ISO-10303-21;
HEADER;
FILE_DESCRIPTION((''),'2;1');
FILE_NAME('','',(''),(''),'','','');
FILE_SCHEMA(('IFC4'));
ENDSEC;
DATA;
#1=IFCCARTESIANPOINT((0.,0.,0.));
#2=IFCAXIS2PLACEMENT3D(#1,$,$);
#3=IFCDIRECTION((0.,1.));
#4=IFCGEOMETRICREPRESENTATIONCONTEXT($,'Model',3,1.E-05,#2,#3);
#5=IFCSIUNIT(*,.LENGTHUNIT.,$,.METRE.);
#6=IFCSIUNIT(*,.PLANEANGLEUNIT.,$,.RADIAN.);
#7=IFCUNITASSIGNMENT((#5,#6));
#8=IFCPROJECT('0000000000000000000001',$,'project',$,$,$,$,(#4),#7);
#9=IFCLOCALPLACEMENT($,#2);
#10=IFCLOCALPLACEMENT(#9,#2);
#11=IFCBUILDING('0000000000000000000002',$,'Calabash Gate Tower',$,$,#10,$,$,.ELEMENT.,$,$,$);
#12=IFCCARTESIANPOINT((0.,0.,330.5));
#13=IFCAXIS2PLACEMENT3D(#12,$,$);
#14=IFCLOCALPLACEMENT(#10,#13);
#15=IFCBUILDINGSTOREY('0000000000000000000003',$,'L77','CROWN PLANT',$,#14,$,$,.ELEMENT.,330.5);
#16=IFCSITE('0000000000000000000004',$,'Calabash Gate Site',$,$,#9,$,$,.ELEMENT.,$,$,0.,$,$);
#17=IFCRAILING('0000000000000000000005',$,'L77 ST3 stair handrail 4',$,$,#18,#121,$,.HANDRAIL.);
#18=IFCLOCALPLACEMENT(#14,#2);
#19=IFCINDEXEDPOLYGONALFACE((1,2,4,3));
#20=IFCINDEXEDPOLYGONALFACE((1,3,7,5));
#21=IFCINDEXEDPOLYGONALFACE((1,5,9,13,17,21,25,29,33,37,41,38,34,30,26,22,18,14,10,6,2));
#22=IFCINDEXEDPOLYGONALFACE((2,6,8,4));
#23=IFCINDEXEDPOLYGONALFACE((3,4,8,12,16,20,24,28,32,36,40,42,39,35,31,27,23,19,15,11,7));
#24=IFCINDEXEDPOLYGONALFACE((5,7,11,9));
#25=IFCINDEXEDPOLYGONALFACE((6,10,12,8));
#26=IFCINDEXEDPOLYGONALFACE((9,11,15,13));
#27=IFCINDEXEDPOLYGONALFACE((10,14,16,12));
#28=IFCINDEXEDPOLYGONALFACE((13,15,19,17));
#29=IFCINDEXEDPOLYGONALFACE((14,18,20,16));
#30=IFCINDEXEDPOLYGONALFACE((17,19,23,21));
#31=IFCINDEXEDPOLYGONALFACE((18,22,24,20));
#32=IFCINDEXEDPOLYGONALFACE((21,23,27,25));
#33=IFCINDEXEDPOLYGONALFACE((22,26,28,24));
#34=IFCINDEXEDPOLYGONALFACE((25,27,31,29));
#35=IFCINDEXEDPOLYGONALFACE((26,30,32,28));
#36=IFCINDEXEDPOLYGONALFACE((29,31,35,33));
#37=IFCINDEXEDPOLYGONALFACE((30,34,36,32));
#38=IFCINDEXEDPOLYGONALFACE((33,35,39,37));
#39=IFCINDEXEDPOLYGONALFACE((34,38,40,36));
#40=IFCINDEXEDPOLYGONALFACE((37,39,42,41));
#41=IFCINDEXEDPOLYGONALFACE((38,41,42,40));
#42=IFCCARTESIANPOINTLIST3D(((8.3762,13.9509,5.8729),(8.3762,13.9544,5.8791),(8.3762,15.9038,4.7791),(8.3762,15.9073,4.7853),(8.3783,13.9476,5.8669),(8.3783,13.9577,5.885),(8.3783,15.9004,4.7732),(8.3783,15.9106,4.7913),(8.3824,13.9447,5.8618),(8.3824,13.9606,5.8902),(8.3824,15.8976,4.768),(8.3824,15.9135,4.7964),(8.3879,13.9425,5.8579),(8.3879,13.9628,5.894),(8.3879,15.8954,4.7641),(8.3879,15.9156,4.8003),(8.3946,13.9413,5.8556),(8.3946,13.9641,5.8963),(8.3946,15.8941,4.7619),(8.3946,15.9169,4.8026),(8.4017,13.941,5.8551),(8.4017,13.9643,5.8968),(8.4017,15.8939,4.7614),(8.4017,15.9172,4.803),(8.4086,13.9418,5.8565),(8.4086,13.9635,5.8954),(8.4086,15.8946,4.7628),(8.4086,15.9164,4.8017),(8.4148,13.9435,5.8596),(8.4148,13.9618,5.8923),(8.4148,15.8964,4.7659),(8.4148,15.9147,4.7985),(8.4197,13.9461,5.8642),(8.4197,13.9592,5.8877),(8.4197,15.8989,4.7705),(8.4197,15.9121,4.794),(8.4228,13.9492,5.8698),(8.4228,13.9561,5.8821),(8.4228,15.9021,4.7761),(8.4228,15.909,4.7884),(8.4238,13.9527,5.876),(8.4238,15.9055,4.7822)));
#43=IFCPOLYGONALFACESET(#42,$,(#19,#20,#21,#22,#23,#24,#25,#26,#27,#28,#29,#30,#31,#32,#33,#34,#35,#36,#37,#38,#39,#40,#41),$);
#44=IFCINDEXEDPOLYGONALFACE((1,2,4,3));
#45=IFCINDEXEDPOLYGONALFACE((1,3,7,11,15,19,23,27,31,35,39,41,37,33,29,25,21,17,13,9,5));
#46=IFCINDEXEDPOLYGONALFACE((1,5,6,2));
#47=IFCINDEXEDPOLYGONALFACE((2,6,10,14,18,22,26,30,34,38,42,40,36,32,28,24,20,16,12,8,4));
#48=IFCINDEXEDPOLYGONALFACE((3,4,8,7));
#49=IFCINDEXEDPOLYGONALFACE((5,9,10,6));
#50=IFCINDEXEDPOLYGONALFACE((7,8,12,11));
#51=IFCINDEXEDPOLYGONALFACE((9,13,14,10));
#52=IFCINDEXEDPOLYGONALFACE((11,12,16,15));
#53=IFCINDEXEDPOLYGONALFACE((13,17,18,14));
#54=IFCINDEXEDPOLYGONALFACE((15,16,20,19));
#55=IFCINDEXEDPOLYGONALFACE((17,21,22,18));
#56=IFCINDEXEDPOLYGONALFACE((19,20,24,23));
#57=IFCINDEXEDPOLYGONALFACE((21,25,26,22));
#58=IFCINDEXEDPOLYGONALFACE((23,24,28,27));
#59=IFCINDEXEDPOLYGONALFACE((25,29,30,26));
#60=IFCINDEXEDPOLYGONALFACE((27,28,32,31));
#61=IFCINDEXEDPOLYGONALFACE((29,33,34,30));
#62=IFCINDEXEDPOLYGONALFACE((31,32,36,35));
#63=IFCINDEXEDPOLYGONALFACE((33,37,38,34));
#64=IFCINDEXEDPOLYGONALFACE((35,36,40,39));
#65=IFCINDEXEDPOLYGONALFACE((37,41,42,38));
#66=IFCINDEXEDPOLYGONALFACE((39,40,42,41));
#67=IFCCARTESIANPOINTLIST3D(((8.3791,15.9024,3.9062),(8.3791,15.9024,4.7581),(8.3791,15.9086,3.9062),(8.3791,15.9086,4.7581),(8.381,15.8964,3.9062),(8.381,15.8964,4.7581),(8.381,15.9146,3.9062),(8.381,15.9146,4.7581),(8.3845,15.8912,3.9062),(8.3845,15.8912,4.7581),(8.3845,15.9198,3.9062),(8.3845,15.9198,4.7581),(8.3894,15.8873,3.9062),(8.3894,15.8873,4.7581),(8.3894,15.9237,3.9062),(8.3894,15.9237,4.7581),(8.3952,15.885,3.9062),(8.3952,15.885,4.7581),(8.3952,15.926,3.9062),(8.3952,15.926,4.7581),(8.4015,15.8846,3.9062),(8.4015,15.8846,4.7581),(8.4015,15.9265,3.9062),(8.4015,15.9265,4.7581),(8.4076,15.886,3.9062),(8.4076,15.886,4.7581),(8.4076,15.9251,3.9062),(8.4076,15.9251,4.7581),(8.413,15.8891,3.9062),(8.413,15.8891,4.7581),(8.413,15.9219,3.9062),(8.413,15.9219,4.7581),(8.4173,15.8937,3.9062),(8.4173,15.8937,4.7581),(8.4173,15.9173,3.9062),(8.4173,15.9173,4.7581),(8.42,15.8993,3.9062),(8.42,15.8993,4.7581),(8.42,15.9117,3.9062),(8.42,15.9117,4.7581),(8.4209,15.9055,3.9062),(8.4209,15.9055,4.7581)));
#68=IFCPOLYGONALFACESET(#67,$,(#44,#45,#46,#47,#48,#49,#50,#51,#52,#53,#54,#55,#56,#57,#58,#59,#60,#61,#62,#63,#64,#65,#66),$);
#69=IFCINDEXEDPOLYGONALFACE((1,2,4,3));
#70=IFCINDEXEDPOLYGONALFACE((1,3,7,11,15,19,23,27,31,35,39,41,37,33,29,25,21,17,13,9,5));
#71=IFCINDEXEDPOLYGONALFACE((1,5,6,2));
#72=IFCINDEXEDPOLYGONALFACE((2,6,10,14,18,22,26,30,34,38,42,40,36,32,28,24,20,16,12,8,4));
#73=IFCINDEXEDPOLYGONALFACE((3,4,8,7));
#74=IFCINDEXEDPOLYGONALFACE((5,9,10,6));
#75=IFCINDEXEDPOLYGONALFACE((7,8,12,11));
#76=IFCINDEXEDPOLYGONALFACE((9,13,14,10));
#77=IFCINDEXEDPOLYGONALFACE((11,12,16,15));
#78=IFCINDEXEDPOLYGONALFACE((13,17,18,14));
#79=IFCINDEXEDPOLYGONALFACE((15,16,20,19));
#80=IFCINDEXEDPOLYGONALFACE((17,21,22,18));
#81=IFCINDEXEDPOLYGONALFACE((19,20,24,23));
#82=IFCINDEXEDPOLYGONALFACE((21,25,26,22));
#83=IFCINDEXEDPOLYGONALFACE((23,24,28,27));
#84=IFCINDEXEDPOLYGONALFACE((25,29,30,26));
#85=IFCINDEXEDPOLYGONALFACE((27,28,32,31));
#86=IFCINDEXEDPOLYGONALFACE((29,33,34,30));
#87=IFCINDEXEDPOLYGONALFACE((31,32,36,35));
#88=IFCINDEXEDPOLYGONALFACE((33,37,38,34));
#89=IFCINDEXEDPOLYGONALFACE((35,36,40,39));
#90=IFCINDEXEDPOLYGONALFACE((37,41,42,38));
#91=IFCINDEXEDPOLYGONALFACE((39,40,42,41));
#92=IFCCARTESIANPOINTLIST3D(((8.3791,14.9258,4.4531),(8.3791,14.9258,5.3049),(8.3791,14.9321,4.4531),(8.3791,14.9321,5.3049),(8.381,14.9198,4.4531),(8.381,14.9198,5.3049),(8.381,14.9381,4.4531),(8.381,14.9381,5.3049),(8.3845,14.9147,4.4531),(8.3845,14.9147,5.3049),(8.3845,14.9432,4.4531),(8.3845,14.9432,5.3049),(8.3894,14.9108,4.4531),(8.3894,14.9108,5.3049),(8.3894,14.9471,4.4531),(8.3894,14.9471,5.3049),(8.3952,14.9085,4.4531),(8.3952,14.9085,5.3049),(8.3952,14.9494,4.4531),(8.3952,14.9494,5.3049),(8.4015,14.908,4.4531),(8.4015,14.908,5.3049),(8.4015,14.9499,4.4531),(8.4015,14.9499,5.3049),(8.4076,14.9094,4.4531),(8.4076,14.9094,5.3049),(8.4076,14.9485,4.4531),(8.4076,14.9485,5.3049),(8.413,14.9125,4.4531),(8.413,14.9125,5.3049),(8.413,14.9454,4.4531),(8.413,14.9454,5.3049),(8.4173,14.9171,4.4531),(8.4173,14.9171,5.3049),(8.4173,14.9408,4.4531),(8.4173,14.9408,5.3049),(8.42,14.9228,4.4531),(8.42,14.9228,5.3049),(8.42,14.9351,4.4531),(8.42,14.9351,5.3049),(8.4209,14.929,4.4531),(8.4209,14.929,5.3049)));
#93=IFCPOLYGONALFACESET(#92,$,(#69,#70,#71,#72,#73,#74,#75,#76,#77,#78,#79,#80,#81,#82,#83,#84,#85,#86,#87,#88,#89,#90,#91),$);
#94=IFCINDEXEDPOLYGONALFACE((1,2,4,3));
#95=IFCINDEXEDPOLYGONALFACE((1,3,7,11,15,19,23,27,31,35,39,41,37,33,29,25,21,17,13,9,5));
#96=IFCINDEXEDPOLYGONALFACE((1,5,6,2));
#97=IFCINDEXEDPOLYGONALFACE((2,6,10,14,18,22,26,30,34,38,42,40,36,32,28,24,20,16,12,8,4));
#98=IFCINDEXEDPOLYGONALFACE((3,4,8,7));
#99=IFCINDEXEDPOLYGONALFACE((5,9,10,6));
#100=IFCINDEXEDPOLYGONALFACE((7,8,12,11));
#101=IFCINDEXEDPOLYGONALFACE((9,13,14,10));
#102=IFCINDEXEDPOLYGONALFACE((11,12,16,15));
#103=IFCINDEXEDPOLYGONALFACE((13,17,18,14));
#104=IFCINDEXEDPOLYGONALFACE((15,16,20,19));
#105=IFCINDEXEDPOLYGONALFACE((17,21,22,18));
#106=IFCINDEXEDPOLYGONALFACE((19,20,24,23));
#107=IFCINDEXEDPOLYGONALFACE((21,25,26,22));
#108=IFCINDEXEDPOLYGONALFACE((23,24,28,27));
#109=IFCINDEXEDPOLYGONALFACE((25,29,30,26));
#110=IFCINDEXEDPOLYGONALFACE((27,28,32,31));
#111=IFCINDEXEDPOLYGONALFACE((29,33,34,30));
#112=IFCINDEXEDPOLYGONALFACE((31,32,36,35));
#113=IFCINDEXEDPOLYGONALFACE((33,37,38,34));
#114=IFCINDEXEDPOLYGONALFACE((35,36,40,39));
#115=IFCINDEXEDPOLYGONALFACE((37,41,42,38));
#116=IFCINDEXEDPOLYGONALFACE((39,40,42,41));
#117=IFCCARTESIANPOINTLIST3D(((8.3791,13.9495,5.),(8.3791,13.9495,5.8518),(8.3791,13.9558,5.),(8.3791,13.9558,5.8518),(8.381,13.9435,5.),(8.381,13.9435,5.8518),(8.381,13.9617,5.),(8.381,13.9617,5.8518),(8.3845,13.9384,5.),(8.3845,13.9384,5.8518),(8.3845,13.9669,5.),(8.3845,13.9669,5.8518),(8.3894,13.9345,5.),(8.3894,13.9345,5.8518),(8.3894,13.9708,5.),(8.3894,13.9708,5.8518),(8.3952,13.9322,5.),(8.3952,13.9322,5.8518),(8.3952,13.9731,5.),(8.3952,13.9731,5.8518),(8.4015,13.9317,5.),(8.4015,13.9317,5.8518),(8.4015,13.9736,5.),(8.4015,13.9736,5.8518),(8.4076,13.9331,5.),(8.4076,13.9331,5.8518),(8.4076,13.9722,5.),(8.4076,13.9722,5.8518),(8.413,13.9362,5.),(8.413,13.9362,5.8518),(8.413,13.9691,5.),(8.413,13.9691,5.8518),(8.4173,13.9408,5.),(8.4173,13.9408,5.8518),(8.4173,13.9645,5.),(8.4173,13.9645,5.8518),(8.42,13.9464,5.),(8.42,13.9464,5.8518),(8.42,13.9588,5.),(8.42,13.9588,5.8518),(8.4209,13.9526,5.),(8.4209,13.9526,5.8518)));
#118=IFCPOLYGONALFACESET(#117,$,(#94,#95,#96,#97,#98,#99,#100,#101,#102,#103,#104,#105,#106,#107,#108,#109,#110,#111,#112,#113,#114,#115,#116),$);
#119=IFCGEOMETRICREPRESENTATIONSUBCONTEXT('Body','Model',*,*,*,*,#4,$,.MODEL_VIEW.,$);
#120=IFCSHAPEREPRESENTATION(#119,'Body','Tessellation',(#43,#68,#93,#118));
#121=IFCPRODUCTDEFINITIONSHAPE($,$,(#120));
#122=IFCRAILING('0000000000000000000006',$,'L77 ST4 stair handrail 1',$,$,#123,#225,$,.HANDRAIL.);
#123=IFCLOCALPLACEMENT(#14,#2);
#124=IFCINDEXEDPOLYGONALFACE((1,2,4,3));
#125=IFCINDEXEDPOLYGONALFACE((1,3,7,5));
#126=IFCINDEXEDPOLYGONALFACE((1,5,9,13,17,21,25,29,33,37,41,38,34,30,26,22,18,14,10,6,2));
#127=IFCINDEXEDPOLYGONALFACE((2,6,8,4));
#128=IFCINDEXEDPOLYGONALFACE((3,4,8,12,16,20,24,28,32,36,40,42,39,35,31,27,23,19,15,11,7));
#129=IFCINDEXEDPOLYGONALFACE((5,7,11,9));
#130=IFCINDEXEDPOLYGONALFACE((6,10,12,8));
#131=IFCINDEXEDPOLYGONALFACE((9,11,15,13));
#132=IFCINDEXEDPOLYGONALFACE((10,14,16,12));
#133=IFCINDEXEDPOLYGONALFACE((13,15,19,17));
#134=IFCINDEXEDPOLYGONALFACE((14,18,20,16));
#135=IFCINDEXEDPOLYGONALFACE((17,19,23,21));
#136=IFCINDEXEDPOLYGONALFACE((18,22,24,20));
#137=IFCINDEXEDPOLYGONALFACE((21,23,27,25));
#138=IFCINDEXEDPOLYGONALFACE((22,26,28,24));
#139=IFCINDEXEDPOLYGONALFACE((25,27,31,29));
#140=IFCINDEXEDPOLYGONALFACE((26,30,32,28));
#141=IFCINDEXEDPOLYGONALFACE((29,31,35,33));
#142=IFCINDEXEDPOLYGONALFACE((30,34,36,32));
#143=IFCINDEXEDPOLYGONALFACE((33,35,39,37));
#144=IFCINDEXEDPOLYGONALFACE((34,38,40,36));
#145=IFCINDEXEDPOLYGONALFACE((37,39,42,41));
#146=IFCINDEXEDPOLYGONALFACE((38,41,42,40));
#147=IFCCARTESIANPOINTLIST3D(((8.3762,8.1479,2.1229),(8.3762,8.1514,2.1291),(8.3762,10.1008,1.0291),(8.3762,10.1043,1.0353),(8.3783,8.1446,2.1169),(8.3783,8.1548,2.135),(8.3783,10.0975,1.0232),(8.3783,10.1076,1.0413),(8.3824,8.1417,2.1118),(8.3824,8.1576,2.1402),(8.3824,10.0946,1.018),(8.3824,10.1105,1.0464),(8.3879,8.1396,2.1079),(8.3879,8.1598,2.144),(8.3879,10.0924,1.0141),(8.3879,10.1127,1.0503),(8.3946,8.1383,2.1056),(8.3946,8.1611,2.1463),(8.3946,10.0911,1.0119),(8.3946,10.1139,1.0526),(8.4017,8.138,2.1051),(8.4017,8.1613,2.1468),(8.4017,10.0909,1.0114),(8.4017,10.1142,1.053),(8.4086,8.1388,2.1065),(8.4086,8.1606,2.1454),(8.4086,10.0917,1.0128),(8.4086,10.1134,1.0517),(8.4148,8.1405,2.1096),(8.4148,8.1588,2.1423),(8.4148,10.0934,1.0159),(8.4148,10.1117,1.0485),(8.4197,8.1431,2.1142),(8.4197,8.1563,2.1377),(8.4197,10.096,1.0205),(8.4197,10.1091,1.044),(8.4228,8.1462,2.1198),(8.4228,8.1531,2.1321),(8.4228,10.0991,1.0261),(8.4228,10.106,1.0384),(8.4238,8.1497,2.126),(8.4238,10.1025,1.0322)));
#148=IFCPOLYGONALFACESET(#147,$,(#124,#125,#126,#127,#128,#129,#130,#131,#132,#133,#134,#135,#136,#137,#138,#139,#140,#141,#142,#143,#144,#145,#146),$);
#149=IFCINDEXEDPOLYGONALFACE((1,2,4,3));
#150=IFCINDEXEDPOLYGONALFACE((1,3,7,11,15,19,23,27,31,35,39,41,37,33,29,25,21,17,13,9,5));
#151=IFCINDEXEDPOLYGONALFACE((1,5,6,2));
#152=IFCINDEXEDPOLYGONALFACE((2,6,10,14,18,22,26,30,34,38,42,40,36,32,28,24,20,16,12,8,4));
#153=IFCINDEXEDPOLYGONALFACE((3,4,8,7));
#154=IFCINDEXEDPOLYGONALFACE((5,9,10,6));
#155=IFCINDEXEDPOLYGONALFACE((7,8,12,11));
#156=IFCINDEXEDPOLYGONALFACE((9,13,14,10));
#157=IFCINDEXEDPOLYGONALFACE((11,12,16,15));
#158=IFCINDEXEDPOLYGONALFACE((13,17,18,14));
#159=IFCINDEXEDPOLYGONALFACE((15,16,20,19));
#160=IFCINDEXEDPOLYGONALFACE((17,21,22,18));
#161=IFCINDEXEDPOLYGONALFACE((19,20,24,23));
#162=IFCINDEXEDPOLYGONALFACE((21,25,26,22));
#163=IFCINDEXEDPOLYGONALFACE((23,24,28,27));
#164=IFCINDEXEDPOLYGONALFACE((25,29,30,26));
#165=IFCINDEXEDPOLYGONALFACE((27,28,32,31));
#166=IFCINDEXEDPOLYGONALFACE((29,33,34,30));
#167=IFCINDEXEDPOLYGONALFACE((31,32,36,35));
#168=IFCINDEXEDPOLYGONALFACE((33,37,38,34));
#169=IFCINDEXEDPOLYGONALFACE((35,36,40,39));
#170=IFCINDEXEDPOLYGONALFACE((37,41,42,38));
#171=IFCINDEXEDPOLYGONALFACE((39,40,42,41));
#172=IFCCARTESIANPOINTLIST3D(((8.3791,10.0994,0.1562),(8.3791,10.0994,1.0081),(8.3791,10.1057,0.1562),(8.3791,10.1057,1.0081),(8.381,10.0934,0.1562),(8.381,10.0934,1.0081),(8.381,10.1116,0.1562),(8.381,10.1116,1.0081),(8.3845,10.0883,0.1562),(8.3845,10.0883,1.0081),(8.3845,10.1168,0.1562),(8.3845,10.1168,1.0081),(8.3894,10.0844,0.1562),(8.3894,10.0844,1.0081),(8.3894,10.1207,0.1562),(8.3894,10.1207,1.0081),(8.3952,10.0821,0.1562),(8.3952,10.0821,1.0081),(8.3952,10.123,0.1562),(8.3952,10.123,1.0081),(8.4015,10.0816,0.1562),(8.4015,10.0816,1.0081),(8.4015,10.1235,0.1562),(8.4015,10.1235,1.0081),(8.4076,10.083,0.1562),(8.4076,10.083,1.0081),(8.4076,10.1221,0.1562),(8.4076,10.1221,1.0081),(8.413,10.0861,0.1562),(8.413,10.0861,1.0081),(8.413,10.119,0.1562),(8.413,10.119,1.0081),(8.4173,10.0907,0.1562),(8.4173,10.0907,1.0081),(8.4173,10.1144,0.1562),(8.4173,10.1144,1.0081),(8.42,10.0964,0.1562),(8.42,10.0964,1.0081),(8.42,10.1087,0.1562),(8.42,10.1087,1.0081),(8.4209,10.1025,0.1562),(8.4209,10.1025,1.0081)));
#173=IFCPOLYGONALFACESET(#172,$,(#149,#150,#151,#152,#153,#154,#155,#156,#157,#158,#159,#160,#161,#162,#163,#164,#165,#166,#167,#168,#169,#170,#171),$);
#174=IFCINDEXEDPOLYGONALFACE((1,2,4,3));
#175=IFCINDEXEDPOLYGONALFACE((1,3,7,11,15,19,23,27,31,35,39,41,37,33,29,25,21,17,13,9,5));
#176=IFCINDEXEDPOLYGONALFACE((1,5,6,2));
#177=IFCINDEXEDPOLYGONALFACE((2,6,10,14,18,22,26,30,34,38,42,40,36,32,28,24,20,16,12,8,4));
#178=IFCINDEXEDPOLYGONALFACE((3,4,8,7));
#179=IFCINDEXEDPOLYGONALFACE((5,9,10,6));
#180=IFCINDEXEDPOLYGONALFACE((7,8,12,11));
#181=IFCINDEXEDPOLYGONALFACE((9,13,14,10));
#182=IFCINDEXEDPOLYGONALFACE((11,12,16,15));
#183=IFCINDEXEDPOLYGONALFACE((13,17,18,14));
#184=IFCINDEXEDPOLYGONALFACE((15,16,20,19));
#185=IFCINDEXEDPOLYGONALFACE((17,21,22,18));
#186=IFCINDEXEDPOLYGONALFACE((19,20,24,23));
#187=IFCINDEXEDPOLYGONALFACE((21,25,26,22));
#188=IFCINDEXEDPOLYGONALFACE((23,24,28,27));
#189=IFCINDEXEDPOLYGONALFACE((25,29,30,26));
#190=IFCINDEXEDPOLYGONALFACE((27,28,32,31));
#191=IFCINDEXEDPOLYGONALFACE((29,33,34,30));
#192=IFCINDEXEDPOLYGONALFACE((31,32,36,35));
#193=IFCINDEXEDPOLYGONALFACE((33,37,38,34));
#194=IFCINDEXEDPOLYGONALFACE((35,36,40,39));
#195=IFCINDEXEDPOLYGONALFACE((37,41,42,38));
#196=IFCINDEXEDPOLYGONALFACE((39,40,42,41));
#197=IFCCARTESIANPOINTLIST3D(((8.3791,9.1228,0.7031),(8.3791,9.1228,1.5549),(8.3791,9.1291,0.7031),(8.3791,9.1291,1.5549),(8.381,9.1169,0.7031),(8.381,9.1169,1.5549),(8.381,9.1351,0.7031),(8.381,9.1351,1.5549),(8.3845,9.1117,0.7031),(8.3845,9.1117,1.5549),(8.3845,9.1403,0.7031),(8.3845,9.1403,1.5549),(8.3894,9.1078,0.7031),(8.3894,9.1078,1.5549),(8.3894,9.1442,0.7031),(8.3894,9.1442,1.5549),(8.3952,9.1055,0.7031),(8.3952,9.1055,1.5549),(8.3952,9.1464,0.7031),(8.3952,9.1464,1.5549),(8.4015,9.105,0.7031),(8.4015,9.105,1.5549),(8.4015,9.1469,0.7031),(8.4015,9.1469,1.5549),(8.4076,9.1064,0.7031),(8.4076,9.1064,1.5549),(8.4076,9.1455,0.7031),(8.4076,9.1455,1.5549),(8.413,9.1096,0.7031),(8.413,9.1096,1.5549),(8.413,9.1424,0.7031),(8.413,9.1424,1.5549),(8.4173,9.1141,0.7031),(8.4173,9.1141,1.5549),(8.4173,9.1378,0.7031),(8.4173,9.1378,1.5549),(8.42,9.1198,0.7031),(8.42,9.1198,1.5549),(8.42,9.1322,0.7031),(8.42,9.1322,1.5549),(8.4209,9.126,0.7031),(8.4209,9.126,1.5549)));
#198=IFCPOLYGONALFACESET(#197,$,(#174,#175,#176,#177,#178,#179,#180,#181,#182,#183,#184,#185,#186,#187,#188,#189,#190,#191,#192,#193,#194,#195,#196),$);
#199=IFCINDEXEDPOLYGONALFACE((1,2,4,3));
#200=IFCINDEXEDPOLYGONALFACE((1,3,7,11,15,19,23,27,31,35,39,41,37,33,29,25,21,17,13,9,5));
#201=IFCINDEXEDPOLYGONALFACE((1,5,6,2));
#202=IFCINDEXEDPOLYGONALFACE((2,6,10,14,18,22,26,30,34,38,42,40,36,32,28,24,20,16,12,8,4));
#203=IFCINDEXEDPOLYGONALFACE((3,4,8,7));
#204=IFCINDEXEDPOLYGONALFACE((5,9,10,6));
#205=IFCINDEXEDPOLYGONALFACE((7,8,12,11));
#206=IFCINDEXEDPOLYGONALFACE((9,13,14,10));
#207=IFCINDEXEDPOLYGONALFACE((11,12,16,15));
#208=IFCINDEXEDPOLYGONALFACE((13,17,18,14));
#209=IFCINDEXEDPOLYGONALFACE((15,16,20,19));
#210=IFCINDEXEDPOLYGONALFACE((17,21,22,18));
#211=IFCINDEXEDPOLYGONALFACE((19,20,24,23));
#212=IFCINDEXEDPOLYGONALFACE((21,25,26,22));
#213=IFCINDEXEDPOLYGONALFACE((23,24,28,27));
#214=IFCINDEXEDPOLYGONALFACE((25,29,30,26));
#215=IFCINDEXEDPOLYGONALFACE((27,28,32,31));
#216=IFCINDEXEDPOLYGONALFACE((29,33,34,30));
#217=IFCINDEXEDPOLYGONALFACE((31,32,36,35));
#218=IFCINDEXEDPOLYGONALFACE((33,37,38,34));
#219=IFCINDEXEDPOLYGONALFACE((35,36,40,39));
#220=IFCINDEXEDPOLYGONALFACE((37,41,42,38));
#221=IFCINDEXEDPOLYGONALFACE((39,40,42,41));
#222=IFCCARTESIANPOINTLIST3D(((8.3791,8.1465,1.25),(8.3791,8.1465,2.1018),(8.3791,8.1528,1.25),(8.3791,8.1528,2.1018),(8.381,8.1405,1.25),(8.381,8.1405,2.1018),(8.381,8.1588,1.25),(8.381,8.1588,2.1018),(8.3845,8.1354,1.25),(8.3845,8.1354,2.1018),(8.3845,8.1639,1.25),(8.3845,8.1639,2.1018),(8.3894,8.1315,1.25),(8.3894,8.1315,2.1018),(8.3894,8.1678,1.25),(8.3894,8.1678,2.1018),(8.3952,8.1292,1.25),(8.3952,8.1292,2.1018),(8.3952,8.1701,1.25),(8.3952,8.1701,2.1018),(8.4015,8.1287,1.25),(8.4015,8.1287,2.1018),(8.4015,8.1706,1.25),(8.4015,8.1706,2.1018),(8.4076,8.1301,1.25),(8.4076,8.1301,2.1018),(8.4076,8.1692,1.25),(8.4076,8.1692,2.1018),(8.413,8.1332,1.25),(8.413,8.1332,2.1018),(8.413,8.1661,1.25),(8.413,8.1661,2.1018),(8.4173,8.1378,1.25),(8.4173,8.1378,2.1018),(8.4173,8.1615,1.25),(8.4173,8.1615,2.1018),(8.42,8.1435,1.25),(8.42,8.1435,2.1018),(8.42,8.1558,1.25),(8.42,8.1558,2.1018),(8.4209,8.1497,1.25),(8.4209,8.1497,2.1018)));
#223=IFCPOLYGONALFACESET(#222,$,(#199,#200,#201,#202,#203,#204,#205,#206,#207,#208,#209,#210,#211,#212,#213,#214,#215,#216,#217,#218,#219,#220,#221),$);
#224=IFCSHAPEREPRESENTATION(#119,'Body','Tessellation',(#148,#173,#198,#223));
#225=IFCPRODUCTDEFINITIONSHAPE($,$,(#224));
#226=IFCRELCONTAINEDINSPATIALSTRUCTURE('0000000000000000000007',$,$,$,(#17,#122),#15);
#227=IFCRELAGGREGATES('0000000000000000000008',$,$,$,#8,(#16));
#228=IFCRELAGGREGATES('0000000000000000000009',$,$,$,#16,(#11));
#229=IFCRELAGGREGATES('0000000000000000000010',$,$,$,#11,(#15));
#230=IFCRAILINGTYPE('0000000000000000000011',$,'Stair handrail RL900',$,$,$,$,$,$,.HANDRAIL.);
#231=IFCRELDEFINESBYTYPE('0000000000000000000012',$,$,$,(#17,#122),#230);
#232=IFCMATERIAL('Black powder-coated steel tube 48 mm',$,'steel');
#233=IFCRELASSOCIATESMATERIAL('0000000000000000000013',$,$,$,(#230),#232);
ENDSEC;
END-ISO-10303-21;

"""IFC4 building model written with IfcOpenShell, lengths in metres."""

from ifc_helpers import new_model, si_unit, direction, frame, origin, origin_2d, place, context, subcontext, project, spatial, circle, extrude, material, type_object, element, save


model = new_model("IFC4")

# Units and contexts
model_context = context("Model", 3, precision=1e-05, world=origin(), true_north=direction((0.0, 1.0)))
body_context = subcontext(model_context, "Body", "Model", "MODEL_VIEW")
ifc_project = project(units=[si_unit("LENGTHUNIT", "METRE"), si_unit("PLANEANGLEUNIT", "RADIAN")], contexts=[model_context])

# Site, building, storey
site_placement = place(None, origin())
site = spatial("IfcSite", under=ifc_project, at=site_placement, Name="Calabash Gate Site", CompositionType="ELEMENT", RefElevation=0.0)
building_placement = place(site_placement, origin())
building = spatial("IfcBuilding", under=site, at=building_placement, Name="Calabash Gate Tower", CompositionType="ELEMENT")
storey_placement = place(building_placement, frame((0.0, 0.0, 330.5)))
storey = spatial("IfcBuildingStorey", under=building, at=storey_placement, Name="L77", Description="CROWN PLANT", CompositionType="ELEMENT", Elevation=330.5)

# Railings
ifc_material_1 = material(Name="Black powder-coated steel tube 48 mm", Category="steel")
railing_type_1 = type_object("IfcRailingType", Name="Stair handrail RL900", PredefinedType="HANDRAIL", material=ifc_material_1)
for number, where, name in (
    (1, (8.3999, 15.9055, 3.9062), "L77 ST3 stair handrail 4"),
    (2, (8.3999, 10.1025, 0.1562), "L77 ST4 stair handrail 1"),
):
    element("IfcRailing", number, at=place(storey_placement, frame(where)), inside=storey, type_object=railing_type_1, Name=name, PredefinedType="HANDRAIL", context=body_context, shape_type="SweptSolid", body=[
        extrude(circle(Radius=0.0239, at=origin_2d()), frame((0.0, 0.0, 0.876), z_axis=(0.0, -0.87248, 0.48865), x_axis=(1.0, 0.0, 0.0)), (0.0, 0.0, 1.0), 2.2383),
        extrude(circle(Radius=0.021, at=origin_2d()), origin(), (0.0, 0.0, 1.0), 0.8518),
        extrude(circle(Radius=0.021, at=origin_2d()), frame((0.0, -0.9766, 0.5469)), (0.0, 0.0, 1.0), 0.8518),
        extrude(circle(Radius=0.021, at=origin_2d()), frame((0.0, -1.9529, 1.0938)), (0.0, 0.0, 1.0), 0.8518),
    ])

save(model, "model.ifc")
